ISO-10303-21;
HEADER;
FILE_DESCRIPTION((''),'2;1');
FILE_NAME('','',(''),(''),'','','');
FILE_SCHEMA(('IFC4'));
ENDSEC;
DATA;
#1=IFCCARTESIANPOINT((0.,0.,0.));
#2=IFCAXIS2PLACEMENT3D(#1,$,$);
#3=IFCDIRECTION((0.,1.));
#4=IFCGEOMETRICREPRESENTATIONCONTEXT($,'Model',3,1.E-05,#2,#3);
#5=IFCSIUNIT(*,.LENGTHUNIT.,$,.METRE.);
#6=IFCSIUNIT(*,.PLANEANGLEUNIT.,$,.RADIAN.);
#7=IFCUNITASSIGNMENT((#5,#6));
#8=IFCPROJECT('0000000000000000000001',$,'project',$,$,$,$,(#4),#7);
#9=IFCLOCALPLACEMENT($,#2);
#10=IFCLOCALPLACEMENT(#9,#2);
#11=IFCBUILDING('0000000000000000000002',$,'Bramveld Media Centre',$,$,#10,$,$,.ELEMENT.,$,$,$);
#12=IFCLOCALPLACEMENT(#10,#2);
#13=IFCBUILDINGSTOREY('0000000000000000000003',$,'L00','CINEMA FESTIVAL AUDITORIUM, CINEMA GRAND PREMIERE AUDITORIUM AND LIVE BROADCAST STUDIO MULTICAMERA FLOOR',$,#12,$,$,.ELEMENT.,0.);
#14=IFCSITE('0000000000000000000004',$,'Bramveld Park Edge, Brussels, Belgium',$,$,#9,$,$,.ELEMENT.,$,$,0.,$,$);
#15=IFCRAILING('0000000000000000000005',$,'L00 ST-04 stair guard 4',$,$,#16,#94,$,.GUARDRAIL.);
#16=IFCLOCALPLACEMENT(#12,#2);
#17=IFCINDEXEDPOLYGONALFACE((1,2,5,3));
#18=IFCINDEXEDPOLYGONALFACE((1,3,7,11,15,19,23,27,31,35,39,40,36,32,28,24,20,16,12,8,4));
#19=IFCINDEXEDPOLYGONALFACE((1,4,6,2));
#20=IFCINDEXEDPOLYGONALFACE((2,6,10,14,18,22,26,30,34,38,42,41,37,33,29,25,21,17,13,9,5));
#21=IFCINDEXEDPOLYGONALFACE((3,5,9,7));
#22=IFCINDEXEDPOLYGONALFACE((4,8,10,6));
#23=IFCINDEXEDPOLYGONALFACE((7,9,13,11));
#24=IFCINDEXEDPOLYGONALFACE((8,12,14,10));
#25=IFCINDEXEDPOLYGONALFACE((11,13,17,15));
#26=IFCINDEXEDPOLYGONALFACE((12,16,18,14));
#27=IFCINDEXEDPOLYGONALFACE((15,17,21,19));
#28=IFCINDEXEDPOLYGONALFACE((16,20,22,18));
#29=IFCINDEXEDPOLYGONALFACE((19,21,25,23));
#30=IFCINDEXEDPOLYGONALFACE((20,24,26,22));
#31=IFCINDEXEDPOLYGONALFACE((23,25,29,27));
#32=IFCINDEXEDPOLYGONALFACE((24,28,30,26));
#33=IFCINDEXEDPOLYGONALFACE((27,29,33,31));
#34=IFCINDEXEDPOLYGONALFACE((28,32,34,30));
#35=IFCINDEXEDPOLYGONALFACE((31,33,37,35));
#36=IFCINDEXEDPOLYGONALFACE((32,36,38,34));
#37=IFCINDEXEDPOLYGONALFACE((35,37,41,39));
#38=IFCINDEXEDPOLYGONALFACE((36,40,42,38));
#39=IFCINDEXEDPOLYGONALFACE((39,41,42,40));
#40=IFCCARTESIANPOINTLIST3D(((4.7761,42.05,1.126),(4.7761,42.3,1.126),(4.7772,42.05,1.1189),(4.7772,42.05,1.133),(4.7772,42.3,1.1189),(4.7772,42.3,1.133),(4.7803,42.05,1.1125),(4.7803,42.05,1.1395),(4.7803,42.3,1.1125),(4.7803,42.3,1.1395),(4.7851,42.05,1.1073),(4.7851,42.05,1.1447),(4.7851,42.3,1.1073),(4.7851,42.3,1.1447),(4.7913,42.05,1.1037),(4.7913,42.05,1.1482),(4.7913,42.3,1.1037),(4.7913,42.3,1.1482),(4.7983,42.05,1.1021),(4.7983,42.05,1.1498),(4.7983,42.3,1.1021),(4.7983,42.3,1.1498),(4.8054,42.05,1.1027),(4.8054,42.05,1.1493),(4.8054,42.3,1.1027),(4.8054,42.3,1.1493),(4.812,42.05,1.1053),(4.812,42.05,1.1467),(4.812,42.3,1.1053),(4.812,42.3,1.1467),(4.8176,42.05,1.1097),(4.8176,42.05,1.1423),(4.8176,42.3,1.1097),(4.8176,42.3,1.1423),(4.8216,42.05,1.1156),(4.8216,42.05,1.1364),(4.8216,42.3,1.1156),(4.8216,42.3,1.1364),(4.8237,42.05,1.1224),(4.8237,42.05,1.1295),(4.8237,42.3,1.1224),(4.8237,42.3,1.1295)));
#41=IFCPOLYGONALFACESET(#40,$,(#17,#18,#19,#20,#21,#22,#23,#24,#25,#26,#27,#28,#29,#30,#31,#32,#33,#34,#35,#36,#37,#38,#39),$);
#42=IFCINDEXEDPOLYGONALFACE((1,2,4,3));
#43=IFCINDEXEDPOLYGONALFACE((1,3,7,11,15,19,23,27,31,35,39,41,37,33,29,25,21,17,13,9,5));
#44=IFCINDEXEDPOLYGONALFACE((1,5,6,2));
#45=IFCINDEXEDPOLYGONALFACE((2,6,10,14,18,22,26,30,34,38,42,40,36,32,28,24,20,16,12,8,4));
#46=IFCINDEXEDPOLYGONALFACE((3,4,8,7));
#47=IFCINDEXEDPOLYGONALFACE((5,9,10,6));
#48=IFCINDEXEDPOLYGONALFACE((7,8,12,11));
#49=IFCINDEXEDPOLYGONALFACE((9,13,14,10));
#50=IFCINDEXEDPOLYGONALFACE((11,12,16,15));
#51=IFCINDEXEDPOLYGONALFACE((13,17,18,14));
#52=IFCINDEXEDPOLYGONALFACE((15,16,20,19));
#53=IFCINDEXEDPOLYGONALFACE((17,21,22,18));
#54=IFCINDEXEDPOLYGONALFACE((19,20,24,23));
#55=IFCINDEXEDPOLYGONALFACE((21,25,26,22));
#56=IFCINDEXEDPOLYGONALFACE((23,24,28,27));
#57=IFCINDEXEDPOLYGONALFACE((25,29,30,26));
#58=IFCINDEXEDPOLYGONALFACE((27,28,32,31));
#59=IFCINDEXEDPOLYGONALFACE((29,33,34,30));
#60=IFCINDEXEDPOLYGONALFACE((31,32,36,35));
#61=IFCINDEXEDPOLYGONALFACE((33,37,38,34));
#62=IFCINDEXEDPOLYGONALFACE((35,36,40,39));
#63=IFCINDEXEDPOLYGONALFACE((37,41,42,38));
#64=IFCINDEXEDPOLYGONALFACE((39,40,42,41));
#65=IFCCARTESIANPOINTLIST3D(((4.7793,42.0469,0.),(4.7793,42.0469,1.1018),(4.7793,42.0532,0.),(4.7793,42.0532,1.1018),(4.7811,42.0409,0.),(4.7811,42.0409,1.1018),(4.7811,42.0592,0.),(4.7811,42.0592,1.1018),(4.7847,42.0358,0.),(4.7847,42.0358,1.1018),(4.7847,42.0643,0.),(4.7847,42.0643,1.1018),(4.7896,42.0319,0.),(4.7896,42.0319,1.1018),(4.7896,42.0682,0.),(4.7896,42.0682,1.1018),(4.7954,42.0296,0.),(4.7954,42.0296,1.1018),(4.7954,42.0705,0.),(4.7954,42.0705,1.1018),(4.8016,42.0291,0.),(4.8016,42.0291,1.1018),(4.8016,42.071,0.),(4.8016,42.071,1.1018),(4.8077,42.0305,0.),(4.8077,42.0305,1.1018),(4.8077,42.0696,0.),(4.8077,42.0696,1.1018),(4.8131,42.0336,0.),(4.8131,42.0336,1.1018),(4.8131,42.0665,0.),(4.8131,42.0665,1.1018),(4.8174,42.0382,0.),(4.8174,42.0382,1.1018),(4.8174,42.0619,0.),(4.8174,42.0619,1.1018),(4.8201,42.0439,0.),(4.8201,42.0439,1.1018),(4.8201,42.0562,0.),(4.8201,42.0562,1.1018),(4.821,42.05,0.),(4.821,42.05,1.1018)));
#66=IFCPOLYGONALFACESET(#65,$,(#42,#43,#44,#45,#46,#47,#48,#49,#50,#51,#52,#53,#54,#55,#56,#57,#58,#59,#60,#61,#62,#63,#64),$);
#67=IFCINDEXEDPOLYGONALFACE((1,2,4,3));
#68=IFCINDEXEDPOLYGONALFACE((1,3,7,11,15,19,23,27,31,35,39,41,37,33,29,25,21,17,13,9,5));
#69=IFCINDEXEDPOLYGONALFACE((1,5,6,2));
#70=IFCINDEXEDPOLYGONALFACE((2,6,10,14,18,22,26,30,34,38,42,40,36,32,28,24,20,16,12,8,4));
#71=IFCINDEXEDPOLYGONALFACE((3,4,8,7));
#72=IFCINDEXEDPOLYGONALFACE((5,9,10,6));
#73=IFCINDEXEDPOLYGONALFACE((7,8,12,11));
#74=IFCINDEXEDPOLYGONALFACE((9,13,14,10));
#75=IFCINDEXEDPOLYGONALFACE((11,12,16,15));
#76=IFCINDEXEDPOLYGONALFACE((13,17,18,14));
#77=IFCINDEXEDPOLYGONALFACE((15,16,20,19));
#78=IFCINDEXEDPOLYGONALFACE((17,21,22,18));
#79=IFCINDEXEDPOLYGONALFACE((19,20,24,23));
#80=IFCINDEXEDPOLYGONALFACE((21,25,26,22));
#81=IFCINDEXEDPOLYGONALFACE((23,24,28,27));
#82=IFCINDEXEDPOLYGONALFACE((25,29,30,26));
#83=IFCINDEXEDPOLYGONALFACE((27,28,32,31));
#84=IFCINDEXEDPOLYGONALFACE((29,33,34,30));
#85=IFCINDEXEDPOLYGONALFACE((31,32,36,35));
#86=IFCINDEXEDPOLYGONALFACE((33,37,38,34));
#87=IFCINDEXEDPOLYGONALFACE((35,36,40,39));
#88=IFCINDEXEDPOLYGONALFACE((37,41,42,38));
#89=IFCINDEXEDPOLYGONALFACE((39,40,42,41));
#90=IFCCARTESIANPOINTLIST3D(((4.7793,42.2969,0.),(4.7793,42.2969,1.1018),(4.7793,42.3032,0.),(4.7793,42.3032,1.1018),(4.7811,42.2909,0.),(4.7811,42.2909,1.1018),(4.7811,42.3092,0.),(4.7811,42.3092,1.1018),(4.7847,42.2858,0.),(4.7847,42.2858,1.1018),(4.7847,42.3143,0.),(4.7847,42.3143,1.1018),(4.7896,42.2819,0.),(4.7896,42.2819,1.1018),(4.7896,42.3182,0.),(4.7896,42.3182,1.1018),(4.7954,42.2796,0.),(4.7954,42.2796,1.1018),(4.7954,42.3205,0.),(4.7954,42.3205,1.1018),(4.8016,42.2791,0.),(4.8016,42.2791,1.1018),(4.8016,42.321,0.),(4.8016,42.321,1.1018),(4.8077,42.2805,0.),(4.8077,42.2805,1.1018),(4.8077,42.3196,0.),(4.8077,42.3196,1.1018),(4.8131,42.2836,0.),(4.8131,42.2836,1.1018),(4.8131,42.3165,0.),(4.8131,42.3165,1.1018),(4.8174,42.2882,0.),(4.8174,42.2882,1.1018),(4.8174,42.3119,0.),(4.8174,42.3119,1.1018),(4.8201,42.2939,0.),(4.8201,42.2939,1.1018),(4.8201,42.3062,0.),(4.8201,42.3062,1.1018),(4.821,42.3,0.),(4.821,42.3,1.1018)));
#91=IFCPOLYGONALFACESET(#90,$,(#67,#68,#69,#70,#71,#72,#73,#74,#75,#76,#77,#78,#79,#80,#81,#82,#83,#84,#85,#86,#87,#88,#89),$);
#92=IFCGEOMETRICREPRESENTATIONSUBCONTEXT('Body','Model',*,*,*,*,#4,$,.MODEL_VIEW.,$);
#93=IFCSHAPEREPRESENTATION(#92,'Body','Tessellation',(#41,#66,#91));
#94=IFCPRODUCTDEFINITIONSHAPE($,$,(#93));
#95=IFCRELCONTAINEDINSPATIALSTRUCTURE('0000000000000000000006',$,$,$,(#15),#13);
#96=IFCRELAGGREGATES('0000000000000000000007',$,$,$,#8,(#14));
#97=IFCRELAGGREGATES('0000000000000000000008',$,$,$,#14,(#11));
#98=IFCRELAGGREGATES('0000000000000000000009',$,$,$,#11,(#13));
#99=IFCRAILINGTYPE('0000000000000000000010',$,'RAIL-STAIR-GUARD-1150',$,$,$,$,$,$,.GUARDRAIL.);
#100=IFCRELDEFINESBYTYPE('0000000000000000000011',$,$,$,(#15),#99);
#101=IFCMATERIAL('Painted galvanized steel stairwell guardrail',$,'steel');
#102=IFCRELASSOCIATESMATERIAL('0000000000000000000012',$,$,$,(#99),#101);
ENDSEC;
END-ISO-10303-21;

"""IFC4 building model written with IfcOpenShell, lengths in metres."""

from ifc_helpers import new_model, si_unit, direction, frame, origin, origin_2d, place, context, subcontext, project, spatial, circle, extrude, material, type_object, element, save


model = new_model("IFC4")

# Units and contexts
model_context = context("Model", 3, precision=1e-05, world=origin(), true_north=direction((0.0, 1.0)))
body_context = subcontext(model_context, "Body", "Model", "MODEL_VIEW")
ifc_project = project(units=[si_unit("LENGTHUNIT", "METRE"), si_unit("PLANEANGLEUNIT", "RADIAN")], contexts=[model_context])

# Site, building, storey
site_placement = place(None, origin())
site = spatial("IfcSite", under=ifc_project, at=site_placement, Name="Bramveld Park Edge, Brussels, Belgium", CompositionType="ELEMENT", RefElevation=0.0)
building_placement = place(site_placement, origin())
building = spatial("IfcBuilding", under=site, at=building_placement, Name="Bramveld Media Centre", CompositionType="ELEMENT")
storey_placement = place(building_placement, origin())
storey = spatial("IfcBuildingStorey", under=building, at=storey_placement, Name="L00", Description="CINEMA FESTIVAL AUDITORIUM, CINEMA GRAND PREMIERE AUDITORIUM AND LIVE BROADCAST STUDIO MULTICAMERA FLOOR", CompositionType="ELEMENT", Elevation=0.0)

# Railing
ifc_material_1 = material(Name="Painted galvanized steel stairwell guardrail", Category="steel")
railing_type_1 = type_object("IfcRailingType", Name="RAIL-STAIR-GUARD-1150", PredefinedType="GUARDRAIL", material=ifc_material_1)
railing_1_placement = place(storey_placement, frame((4.8, 42.05, 0.0)))
element("IfcRailing", 1, at=railing_1_placement, inside=storey, type_object=railing_type_1, Name="L00 ST-04 stair guard 4", PredefinedType="GUARDRAIL", context=body_context, shape_type="SweptSolid", body=[
    extrude(circle(Radius=0.0239, at=origin_2d()), frame((0.0, 0.0, 1.126), z_axis=(0.0, 1.0, 0.0), x_axis=(-1.0, 0.0, 0.0)), (0.0, 0.0, 1.0), 0.25),
    extrude(circle(Radius=0.021, at=origin_2d()), origin(), (0.0, 0.0, 1.0), 1.1018),
    extrude(circle(Radius=0.021, at=origin_2d()), frame((0.0, 0.25, 0.0)), (0.0, 0.0, 1.0), 1.1018),
])

save(model, "model.ifc")
